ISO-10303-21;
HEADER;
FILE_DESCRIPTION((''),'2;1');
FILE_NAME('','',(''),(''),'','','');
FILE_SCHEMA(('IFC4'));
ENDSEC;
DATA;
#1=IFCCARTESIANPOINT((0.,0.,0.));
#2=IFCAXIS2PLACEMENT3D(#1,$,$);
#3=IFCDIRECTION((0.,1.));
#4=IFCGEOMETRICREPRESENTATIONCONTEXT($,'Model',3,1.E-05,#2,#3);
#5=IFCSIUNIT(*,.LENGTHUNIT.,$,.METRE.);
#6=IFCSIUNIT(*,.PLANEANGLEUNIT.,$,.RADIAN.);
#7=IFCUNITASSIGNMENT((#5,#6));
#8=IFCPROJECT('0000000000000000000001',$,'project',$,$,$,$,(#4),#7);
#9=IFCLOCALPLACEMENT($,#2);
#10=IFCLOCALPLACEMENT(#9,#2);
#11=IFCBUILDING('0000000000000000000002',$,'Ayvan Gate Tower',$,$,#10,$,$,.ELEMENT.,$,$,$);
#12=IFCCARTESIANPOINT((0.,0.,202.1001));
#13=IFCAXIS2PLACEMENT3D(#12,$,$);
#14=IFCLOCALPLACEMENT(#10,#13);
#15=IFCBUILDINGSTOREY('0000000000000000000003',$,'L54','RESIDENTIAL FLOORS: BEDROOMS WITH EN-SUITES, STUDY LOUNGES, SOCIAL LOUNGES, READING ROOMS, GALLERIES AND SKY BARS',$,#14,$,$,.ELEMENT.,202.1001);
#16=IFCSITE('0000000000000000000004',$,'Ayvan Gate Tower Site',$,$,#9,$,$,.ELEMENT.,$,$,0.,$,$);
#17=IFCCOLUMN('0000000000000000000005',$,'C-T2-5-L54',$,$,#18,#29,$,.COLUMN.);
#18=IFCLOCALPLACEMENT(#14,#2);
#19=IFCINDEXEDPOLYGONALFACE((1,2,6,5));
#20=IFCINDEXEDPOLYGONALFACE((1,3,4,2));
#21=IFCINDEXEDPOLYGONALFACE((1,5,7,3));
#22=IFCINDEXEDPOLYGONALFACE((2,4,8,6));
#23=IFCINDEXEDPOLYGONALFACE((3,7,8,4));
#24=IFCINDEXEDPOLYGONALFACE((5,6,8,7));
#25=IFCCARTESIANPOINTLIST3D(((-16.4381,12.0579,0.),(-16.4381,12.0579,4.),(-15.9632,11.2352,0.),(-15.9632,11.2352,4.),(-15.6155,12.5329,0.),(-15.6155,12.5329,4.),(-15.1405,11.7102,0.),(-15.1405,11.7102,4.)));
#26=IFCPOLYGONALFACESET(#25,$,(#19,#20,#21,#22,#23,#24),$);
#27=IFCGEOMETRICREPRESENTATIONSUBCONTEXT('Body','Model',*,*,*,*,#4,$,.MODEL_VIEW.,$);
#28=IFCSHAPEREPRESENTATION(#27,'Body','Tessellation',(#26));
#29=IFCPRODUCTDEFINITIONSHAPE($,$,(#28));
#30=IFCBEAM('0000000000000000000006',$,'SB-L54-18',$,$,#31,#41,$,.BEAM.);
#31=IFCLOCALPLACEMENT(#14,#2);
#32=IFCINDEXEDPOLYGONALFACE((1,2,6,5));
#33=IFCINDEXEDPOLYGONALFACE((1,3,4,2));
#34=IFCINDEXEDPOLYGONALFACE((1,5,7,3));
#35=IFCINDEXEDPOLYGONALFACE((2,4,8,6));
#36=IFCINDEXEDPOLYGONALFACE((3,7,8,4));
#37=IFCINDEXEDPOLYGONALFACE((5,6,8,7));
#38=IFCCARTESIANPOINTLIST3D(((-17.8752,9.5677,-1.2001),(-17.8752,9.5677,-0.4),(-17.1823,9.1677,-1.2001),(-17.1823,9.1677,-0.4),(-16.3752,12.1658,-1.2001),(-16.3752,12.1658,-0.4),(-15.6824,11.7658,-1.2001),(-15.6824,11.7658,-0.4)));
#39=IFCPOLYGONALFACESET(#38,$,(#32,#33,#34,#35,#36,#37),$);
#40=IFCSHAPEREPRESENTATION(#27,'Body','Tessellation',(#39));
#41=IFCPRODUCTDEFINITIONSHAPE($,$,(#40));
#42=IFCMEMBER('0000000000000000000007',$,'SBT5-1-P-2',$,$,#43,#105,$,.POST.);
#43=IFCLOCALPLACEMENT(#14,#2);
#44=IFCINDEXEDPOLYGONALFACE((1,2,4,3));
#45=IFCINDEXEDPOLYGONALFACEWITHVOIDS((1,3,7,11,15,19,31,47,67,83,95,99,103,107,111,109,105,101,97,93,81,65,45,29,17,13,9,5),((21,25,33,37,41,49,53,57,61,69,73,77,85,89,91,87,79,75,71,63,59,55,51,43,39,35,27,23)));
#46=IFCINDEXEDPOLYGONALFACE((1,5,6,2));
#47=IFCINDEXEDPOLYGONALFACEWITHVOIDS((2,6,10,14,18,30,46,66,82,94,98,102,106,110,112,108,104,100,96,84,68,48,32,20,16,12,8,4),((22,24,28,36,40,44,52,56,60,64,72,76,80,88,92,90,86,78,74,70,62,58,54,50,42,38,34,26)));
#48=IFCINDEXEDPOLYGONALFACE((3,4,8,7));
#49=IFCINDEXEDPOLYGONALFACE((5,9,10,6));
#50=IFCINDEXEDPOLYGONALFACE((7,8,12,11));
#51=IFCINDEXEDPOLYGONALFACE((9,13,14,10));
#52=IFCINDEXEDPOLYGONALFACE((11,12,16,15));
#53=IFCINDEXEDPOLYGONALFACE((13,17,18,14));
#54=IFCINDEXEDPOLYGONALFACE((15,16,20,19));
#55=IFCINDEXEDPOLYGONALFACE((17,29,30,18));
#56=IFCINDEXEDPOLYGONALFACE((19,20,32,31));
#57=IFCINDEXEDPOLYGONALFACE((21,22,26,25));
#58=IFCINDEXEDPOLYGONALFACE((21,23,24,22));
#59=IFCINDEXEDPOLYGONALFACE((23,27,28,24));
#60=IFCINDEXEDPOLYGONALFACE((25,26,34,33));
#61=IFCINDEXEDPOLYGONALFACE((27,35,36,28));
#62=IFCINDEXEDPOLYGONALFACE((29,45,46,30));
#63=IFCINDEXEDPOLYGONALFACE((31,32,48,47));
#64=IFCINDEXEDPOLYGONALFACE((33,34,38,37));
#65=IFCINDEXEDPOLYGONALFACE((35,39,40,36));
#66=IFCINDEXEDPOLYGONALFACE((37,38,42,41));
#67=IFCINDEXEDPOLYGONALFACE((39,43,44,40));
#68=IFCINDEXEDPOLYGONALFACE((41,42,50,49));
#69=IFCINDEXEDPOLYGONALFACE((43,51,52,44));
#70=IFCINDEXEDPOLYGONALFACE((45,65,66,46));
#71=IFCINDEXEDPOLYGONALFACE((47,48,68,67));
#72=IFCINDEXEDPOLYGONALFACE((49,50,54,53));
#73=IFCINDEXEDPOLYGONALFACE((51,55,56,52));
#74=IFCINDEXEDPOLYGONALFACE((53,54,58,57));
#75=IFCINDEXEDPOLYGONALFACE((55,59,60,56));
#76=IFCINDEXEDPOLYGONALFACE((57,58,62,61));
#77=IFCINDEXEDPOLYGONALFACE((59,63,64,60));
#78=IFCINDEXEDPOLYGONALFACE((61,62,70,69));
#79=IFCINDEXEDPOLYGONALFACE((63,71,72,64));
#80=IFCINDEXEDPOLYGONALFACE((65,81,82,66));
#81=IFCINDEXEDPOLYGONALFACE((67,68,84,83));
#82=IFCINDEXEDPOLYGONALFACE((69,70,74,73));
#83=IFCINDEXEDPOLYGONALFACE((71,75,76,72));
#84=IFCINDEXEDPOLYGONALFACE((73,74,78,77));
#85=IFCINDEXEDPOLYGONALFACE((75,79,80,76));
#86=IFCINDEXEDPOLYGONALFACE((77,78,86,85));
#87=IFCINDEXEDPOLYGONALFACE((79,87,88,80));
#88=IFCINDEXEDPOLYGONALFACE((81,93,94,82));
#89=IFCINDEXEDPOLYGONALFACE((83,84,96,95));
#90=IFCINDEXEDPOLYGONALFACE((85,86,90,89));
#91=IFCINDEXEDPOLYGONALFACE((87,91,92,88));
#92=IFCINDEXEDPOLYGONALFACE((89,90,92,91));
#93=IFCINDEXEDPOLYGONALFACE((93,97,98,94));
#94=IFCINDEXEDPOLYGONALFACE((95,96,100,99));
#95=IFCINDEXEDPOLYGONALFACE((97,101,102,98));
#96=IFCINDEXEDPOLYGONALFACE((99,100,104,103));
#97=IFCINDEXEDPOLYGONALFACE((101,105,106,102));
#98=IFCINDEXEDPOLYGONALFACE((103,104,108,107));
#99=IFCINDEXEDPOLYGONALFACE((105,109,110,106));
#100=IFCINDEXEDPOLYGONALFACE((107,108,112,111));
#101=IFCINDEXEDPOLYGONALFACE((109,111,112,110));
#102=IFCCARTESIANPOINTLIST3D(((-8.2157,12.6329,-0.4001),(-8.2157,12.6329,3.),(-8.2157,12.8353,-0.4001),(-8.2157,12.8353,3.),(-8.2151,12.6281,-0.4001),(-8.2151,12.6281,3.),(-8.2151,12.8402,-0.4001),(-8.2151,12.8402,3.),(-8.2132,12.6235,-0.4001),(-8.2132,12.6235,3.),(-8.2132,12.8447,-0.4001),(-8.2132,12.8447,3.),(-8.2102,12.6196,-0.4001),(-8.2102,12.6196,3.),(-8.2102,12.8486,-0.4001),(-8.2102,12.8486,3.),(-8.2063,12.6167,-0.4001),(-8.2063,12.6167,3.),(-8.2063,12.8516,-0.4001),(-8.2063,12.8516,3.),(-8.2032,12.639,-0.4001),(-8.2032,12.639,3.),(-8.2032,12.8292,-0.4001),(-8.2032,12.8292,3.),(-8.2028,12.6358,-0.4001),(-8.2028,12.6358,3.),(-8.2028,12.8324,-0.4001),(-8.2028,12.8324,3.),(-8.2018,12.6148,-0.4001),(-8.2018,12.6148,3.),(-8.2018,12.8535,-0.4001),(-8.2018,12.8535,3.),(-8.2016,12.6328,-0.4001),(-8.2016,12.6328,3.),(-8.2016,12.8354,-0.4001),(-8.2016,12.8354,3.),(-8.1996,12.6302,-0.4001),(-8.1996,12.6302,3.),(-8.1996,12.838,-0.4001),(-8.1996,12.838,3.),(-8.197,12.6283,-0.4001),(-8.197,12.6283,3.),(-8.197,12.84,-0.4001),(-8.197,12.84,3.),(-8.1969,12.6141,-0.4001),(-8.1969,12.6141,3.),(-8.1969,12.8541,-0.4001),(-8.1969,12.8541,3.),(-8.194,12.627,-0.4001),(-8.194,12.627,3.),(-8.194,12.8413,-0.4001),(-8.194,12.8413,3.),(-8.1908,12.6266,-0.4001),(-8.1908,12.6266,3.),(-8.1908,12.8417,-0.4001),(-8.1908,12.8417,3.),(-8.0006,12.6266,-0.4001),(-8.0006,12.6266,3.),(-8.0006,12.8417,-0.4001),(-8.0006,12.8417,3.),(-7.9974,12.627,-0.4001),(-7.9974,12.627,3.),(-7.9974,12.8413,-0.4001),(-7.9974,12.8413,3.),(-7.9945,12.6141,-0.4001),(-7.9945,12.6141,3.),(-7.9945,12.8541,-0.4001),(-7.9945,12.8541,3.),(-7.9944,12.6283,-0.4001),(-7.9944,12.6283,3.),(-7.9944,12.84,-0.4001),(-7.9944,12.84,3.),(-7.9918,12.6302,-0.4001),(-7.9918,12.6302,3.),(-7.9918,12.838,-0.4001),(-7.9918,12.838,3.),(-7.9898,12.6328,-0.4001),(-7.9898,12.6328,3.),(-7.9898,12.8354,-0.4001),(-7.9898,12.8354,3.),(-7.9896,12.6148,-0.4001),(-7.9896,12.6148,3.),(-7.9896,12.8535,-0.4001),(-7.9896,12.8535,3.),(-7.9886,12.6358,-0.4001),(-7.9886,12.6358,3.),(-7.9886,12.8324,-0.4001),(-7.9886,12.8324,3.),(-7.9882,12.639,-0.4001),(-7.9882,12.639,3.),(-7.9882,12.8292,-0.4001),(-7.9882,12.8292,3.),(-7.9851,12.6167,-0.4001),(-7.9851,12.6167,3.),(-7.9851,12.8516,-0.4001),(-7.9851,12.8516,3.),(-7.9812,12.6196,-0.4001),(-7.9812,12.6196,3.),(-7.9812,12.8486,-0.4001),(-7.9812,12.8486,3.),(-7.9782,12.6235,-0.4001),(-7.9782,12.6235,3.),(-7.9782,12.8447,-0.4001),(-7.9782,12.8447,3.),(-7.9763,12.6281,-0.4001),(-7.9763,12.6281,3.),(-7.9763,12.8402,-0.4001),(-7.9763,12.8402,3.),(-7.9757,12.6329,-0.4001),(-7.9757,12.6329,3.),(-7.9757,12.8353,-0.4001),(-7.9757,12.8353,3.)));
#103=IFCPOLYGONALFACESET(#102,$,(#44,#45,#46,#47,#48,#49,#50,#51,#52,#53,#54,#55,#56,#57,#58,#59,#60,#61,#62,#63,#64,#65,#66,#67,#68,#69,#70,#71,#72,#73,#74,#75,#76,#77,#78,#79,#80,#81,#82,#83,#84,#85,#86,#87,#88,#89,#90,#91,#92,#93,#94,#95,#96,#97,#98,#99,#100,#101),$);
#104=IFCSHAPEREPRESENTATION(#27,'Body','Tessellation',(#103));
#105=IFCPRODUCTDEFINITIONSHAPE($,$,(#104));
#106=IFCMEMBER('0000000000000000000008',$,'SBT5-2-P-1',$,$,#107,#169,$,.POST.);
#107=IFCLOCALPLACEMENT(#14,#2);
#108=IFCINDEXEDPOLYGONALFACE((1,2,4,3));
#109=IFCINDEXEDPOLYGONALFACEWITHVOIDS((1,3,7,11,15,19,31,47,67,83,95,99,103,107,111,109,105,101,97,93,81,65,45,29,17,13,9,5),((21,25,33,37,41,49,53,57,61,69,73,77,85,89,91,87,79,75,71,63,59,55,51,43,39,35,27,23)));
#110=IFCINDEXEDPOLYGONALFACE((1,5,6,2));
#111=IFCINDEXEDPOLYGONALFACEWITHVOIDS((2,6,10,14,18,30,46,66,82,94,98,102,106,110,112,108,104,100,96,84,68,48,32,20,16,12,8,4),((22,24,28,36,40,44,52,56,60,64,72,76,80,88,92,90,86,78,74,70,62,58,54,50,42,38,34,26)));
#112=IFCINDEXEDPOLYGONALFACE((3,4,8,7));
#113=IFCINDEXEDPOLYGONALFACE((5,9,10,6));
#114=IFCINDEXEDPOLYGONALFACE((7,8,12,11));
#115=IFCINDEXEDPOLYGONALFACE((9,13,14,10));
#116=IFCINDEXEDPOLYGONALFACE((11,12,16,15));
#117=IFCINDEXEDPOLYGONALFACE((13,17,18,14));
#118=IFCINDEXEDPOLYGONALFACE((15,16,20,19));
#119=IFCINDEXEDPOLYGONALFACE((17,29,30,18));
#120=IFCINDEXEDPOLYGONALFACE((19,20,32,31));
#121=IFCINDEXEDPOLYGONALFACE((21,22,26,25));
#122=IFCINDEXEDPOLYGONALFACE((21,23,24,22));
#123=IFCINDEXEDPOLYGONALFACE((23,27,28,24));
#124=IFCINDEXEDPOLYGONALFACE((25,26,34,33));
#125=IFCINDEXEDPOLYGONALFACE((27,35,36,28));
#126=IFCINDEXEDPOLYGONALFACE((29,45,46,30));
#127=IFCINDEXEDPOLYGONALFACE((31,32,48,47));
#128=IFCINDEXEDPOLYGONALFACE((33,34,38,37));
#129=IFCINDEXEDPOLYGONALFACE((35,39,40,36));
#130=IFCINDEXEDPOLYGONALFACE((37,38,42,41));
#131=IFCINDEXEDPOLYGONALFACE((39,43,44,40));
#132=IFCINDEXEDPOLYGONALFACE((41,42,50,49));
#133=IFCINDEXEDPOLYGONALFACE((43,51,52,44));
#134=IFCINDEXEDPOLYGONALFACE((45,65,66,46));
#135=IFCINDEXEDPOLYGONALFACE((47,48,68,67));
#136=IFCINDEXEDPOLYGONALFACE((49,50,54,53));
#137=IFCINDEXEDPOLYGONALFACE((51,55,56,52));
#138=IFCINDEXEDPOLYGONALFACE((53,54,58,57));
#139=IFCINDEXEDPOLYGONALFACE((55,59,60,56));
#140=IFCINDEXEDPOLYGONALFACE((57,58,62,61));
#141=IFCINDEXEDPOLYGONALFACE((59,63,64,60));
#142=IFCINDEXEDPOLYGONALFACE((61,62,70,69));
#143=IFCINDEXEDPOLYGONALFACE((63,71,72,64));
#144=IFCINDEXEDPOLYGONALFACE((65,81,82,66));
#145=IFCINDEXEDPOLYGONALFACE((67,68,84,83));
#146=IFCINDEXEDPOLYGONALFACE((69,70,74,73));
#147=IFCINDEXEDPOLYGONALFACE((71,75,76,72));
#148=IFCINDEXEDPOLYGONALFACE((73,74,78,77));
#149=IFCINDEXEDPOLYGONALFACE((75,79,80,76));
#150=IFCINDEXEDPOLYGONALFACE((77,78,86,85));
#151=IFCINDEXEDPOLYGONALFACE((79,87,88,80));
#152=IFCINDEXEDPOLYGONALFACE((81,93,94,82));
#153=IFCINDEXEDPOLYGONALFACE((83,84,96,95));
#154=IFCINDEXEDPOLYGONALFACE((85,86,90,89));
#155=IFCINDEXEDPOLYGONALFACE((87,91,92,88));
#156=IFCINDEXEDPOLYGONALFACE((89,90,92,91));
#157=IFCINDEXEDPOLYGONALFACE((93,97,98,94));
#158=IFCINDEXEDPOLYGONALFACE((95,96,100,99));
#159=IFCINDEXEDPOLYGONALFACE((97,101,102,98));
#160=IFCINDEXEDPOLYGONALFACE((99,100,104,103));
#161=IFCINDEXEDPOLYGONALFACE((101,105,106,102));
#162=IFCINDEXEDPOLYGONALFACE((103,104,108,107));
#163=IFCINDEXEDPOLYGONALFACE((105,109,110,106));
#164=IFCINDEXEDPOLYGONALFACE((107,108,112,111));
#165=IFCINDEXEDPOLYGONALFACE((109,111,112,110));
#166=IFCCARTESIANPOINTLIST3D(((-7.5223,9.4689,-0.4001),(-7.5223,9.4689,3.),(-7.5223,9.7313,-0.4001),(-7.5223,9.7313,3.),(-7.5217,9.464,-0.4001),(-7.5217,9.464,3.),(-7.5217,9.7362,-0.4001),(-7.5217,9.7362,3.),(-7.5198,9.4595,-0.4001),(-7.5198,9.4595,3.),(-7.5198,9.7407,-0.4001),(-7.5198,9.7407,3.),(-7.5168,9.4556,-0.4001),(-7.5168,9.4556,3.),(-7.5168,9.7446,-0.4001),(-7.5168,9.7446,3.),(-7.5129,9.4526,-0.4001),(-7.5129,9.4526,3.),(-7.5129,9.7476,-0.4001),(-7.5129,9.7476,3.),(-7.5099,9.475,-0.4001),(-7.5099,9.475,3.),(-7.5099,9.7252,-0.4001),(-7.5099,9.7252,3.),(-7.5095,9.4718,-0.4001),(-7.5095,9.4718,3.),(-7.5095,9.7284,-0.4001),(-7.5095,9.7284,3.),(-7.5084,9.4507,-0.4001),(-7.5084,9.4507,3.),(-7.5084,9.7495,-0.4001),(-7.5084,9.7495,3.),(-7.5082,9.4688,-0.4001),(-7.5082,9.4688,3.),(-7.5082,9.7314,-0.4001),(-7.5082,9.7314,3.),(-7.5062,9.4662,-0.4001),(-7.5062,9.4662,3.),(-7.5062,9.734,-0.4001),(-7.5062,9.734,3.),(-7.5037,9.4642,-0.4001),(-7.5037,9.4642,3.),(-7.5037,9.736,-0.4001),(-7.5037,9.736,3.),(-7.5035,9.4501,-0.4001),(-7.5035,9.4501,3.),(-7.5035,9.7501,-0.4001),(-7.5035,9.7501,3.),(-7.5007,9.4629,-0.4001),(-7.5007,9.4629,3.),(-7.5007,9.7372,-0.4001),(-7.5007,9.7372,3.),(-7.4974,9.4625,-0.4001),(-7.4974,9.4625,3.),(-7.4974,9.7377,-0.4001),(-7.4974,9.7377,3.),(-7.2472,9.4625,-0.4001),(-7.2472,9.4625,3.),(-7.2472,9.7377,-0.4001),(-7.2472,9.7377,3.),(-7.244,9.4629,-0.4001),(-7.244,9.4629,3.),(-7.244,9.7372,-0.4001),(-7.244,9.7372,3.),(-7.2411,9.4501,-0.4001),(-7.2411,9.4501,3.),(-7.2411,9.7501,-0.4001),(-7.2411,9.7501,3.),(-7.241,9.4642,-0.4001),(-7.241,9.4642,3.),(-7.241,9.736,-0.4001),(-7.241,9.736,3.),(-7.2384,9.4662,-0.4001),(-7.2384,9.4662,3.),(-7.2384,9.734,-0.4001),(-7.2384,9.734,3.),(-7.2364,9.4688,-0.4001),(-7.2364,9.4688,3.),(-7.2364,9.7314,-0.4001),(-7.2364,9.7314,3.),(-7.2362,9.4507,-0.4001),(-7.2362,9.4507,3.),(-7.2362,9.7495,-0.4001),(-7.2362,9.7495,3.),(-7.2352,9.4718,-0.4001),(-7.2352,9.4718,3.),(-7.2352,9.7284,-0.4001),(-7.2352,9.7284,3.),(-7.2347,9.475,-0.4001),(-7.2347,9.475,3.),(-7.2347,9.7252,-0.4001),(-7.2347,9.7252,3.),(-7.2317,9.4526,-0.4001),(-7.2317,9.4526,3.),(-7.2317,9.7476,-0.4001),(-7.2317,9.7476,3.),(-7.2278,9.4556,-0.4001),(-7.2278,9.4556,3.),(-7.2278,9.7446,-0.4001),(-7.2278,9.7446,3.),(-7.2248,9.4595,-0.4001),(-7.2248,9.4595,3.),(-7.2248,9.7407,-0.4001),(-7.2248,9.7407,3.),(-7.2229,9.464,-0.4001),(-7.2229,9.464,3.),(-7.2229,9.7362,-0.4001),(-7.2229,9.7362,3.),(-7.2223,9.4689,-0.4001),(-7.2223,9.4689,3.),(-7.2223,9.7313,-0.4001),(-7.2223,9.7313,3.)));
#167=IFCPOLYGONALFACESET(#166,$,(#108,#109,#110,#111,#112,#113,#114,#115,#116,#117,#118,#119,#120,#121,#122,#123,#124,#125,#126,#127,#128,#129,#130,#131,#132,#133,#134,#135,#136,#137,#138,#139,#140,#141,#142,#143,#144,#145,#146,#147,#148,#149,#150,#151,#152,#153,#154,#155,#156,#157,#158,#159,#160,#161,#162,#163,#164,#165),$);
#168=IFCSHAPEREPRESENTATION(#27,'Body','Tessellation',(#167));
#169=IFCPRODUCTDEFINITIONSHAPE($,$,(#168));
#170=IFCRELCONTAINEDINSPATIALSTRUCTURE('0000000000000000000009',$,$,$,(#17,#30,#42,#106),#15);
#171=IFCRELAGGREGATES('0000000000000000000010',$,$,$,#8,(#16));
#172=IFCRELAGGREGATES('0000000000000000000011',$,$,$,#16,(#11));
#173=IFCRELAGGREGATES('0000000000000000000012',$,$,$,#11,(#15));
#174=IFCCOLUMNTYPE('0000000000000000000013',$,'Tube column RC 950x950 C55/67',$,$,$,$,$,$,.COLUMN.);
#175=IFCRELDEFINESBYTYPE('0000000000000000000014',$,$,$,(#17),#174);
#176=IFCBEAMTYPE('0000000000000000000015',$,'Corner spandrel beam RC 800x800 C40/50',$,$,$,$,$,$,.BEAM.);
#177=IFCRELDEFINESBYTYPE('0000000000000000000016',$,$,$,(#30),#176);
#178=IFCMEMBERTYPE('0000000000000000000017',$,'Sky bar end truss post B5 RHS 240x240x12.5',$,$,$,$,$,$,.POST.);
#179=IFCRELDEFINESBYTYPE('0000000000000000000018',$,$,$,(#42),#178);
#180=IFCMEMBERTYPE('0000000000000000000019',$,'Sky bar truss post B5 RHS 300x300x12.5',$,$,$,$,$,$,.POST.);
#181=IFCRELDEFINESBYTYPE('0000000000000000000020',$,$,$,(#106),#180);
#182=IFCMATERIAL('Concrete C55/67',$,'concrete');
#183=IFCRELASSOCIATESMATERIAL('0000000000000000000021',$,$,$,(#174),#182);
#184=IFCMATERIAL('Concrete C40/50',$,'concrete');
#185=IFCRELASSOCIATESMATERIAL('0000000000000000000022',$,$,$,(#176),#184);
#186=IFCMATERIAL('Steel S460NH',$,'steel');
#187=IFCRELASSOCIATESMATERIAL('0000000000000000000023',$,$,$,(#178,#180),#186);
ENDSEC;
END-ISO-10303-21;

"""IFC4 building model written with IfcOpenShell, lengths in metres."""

from ifc_helpers import new_model, si_unit, direction, frame, origin, origin_2d, place, context, subcontext, project, spatial, rectangle, hollow_rectangle, extrude, material, material_profile, profile_set, type_object, element, save


model = new_model("IFC4")

# Units and contexts
model_context = context("Model", 3, precision=1e-05, world=origin(), true_north=direction((0.0, 1.0)))
body_context = subcontext(model_context, "Body", "Model", "MODEL_VIEW")
ifc_project = project(units=[si_unit("LENGTHUNIT", "METRE"), si_unit("PLANEANGLEUNIT", "RADIAN")], contexts=[model_context])

# Site, building, storey
site_placement = place(None, origin())
site = spatial("IfcSite", under=ifc_project, at=site_placement, Name="Ayvan Gate Tower Site", CompositionType="ELEMENT", RefElevation=0.0)
building_placement = place(site_placement, origin())
building = spatial("IfcBuilding", under=site, at=building_placement, Name="Ayvan Gate Tower", CompositionType="ELEMENT")
storey_placement = place(building_placement, frame((0.0, 0.0, 202.1001)))
storey = spatial("IfcBuildingStorey", under=building, at=storey_placement, Name="L54", Description="RESIDENTIAL FLOORS: BEDROOMS WITH EN-SUITES, STUDY LOUNGES, SOCIAL LOUNGES, READING ROOMS, GALLERIES AND SKY BARS", CompositionType="ELEMENT", Elevation=202.1001)

# Column
ifc_material_1 = material(Name="Concrete C55/67", Category="concrete")
ifc_material_profile_1 = material_profile(ifc_material_1, rectangle(XDim=0.95, YDim=0.95, at=origin_2d()), Name="RC 950x950")
ifc_profile_set_1 = profile_set([ifc_material_profile_1], Name="Concrete C55/67")
column_type = type_object("IfcColumnType", Name="Tube column RC 950x950 C55/67", PredefinedType="COLUMN", material=ifc_profile_set_1)
column_placement = place(storey_placement, frame((-15.7893, 11.884, 0.0), z_axis=(0.0, 0.0, 1.0), x_axis=(-0.5, 0.866025, 0.0)))
element("IfcColumn", 1, at=column_placement, inside=storey, type_object=column_type, Name="C-T2-5-L54", PredefinedType="COLUMN", context=body_context, shape_type="SweptSolid", body=[
    extrude(rectangle(XDim=0.95, YDim=0.95, at=origin_2d()), origin(), (0.0, 0.0, 1.0), 4.0),
])

# Beam
ifc_material_2 = material(Name="Concrete C40/50", Category="concrete")
ifc_material_profile_2 = material_profile(ifc_material_2, rectangle(XDim=0.8, YDim=0.8, at=origin_2d()), Name="RC 800x800")
ifc_profile_set_2 = profile_set([ifc_material_profile_2], Name="Concrete C40/50")
beam_type = type_object("IfcBeamType", Name="Corner spandrel beam RC 800x800 C40/50", PredefinedType="BEAM", material=ifc_profile_set_2)
beam_placement = place(storey_placement, frame((-16.0288, 11.9658, -0.8), z_axis=(-0.49999, -0.866031, 0.0), x_axis=(0.866031, -0.49999, 0.0)))
element("IfcBeam", 2, at=beam_placement, inside=storey, type_object=beam_type, Name="SB-L54-18", PredefinedType="BEAM", context=body_context, shape_type="SweptSolid", body=[
    extrude(rectangle(XDim=0.8, YDim=0.8, at=origin_2d()), origin(), (0.0, 0.0, 1.0), 3.0),
])

# Members
ifc_material_3 = material(Name="Steel S460NH", Category="steel")
ifc_material_profile_3 = material_profile(ifc_material_3, hollow_rectangle(XDim=0.24, YDim=0.24, WallThickness=0.0125, InnerFilletRadius=0.0125, OuterFilletRadius=0.0188, at=origin_2d()), Name="RHS 240x240x12.5")
ifc_profile_set_3 = profile_set([ifc_material_profile_3], Name="Steel S460NH")
member_type_1 = type_object("IfcMemberType", Name="Sky bar end truss post B5 RHS 240x240x12.5", PredefinedType="POST", material=ifc_profile_set_3)
member_1_placement = place(storey_placement, frame((-8.0957, 12.7341, -0.4001), z_axis=(0.0, 0.0, 1.0), x_axis=(1.0, 0.0, 0.0)))
element("IfcMember", 3, at=member_1_placement, inside=storey, type_object=member_type_1, Name="SBT5-1-P-2", PredefinedType="POST", context=body_context, shape_type="SweptSolid", body=[
    extrude(hollow_rectangle(XDim=0.24, YDim=0.24, WallThickness=0.0125, InnerFilletRadius=0.0125, OuterFilletRadius=0.0188, at=origin_2d()), origin(), (0.0, 0.0, 1.0), 3.4001),
])
ifc_material_profile_4 = material_profile(ifc_material_3, hollow_rectangle(XDim=0.3, YDim=0.3, WallThickness=0.0125, InnerFilletRadius=0.0125, OuterFilletRadius=0.0188, at=origin_2d()), Name="RHS 300x300x12.5")
ifc_profile_set_4 = profile_set([ifc_material_profile_4], Name="Steel S460NH")
member_type_2 = type_object("IfcMemberType", Name="Sky bar truss post B5 RHS 300x300x12.5", PredefinedType="POST", material=ifc_profile_set_4)
for number, where, z_axis, x_axis, name in (
    (4, (-7.3723, 9.6001, -0.4001), (0.0, 0.0, 1.0), (1.0, 0.0, 0.0), "SBT5-2-P-1"),
):
    element("IfcMember", number, at=place(storey_placement, frame(where, z_axis=z_axis, x_axis=x_axis)), inside=storey, type_object=member_type_2, Name=name, PredefinedType="POST", context=body_context, shape_type="SweptSolid", body=[
        extrude(hollow_rectangle(XDim=0.3, YDim=0.3, WallThickness=0.0125, InnerFilletRadius=0.0125, OuterFilletRadius=0.0188, at=origin_2d()), origin(), (0.0, 0.0, 1.0), 3.4001),
    ])

save(model, "model.ifc")
